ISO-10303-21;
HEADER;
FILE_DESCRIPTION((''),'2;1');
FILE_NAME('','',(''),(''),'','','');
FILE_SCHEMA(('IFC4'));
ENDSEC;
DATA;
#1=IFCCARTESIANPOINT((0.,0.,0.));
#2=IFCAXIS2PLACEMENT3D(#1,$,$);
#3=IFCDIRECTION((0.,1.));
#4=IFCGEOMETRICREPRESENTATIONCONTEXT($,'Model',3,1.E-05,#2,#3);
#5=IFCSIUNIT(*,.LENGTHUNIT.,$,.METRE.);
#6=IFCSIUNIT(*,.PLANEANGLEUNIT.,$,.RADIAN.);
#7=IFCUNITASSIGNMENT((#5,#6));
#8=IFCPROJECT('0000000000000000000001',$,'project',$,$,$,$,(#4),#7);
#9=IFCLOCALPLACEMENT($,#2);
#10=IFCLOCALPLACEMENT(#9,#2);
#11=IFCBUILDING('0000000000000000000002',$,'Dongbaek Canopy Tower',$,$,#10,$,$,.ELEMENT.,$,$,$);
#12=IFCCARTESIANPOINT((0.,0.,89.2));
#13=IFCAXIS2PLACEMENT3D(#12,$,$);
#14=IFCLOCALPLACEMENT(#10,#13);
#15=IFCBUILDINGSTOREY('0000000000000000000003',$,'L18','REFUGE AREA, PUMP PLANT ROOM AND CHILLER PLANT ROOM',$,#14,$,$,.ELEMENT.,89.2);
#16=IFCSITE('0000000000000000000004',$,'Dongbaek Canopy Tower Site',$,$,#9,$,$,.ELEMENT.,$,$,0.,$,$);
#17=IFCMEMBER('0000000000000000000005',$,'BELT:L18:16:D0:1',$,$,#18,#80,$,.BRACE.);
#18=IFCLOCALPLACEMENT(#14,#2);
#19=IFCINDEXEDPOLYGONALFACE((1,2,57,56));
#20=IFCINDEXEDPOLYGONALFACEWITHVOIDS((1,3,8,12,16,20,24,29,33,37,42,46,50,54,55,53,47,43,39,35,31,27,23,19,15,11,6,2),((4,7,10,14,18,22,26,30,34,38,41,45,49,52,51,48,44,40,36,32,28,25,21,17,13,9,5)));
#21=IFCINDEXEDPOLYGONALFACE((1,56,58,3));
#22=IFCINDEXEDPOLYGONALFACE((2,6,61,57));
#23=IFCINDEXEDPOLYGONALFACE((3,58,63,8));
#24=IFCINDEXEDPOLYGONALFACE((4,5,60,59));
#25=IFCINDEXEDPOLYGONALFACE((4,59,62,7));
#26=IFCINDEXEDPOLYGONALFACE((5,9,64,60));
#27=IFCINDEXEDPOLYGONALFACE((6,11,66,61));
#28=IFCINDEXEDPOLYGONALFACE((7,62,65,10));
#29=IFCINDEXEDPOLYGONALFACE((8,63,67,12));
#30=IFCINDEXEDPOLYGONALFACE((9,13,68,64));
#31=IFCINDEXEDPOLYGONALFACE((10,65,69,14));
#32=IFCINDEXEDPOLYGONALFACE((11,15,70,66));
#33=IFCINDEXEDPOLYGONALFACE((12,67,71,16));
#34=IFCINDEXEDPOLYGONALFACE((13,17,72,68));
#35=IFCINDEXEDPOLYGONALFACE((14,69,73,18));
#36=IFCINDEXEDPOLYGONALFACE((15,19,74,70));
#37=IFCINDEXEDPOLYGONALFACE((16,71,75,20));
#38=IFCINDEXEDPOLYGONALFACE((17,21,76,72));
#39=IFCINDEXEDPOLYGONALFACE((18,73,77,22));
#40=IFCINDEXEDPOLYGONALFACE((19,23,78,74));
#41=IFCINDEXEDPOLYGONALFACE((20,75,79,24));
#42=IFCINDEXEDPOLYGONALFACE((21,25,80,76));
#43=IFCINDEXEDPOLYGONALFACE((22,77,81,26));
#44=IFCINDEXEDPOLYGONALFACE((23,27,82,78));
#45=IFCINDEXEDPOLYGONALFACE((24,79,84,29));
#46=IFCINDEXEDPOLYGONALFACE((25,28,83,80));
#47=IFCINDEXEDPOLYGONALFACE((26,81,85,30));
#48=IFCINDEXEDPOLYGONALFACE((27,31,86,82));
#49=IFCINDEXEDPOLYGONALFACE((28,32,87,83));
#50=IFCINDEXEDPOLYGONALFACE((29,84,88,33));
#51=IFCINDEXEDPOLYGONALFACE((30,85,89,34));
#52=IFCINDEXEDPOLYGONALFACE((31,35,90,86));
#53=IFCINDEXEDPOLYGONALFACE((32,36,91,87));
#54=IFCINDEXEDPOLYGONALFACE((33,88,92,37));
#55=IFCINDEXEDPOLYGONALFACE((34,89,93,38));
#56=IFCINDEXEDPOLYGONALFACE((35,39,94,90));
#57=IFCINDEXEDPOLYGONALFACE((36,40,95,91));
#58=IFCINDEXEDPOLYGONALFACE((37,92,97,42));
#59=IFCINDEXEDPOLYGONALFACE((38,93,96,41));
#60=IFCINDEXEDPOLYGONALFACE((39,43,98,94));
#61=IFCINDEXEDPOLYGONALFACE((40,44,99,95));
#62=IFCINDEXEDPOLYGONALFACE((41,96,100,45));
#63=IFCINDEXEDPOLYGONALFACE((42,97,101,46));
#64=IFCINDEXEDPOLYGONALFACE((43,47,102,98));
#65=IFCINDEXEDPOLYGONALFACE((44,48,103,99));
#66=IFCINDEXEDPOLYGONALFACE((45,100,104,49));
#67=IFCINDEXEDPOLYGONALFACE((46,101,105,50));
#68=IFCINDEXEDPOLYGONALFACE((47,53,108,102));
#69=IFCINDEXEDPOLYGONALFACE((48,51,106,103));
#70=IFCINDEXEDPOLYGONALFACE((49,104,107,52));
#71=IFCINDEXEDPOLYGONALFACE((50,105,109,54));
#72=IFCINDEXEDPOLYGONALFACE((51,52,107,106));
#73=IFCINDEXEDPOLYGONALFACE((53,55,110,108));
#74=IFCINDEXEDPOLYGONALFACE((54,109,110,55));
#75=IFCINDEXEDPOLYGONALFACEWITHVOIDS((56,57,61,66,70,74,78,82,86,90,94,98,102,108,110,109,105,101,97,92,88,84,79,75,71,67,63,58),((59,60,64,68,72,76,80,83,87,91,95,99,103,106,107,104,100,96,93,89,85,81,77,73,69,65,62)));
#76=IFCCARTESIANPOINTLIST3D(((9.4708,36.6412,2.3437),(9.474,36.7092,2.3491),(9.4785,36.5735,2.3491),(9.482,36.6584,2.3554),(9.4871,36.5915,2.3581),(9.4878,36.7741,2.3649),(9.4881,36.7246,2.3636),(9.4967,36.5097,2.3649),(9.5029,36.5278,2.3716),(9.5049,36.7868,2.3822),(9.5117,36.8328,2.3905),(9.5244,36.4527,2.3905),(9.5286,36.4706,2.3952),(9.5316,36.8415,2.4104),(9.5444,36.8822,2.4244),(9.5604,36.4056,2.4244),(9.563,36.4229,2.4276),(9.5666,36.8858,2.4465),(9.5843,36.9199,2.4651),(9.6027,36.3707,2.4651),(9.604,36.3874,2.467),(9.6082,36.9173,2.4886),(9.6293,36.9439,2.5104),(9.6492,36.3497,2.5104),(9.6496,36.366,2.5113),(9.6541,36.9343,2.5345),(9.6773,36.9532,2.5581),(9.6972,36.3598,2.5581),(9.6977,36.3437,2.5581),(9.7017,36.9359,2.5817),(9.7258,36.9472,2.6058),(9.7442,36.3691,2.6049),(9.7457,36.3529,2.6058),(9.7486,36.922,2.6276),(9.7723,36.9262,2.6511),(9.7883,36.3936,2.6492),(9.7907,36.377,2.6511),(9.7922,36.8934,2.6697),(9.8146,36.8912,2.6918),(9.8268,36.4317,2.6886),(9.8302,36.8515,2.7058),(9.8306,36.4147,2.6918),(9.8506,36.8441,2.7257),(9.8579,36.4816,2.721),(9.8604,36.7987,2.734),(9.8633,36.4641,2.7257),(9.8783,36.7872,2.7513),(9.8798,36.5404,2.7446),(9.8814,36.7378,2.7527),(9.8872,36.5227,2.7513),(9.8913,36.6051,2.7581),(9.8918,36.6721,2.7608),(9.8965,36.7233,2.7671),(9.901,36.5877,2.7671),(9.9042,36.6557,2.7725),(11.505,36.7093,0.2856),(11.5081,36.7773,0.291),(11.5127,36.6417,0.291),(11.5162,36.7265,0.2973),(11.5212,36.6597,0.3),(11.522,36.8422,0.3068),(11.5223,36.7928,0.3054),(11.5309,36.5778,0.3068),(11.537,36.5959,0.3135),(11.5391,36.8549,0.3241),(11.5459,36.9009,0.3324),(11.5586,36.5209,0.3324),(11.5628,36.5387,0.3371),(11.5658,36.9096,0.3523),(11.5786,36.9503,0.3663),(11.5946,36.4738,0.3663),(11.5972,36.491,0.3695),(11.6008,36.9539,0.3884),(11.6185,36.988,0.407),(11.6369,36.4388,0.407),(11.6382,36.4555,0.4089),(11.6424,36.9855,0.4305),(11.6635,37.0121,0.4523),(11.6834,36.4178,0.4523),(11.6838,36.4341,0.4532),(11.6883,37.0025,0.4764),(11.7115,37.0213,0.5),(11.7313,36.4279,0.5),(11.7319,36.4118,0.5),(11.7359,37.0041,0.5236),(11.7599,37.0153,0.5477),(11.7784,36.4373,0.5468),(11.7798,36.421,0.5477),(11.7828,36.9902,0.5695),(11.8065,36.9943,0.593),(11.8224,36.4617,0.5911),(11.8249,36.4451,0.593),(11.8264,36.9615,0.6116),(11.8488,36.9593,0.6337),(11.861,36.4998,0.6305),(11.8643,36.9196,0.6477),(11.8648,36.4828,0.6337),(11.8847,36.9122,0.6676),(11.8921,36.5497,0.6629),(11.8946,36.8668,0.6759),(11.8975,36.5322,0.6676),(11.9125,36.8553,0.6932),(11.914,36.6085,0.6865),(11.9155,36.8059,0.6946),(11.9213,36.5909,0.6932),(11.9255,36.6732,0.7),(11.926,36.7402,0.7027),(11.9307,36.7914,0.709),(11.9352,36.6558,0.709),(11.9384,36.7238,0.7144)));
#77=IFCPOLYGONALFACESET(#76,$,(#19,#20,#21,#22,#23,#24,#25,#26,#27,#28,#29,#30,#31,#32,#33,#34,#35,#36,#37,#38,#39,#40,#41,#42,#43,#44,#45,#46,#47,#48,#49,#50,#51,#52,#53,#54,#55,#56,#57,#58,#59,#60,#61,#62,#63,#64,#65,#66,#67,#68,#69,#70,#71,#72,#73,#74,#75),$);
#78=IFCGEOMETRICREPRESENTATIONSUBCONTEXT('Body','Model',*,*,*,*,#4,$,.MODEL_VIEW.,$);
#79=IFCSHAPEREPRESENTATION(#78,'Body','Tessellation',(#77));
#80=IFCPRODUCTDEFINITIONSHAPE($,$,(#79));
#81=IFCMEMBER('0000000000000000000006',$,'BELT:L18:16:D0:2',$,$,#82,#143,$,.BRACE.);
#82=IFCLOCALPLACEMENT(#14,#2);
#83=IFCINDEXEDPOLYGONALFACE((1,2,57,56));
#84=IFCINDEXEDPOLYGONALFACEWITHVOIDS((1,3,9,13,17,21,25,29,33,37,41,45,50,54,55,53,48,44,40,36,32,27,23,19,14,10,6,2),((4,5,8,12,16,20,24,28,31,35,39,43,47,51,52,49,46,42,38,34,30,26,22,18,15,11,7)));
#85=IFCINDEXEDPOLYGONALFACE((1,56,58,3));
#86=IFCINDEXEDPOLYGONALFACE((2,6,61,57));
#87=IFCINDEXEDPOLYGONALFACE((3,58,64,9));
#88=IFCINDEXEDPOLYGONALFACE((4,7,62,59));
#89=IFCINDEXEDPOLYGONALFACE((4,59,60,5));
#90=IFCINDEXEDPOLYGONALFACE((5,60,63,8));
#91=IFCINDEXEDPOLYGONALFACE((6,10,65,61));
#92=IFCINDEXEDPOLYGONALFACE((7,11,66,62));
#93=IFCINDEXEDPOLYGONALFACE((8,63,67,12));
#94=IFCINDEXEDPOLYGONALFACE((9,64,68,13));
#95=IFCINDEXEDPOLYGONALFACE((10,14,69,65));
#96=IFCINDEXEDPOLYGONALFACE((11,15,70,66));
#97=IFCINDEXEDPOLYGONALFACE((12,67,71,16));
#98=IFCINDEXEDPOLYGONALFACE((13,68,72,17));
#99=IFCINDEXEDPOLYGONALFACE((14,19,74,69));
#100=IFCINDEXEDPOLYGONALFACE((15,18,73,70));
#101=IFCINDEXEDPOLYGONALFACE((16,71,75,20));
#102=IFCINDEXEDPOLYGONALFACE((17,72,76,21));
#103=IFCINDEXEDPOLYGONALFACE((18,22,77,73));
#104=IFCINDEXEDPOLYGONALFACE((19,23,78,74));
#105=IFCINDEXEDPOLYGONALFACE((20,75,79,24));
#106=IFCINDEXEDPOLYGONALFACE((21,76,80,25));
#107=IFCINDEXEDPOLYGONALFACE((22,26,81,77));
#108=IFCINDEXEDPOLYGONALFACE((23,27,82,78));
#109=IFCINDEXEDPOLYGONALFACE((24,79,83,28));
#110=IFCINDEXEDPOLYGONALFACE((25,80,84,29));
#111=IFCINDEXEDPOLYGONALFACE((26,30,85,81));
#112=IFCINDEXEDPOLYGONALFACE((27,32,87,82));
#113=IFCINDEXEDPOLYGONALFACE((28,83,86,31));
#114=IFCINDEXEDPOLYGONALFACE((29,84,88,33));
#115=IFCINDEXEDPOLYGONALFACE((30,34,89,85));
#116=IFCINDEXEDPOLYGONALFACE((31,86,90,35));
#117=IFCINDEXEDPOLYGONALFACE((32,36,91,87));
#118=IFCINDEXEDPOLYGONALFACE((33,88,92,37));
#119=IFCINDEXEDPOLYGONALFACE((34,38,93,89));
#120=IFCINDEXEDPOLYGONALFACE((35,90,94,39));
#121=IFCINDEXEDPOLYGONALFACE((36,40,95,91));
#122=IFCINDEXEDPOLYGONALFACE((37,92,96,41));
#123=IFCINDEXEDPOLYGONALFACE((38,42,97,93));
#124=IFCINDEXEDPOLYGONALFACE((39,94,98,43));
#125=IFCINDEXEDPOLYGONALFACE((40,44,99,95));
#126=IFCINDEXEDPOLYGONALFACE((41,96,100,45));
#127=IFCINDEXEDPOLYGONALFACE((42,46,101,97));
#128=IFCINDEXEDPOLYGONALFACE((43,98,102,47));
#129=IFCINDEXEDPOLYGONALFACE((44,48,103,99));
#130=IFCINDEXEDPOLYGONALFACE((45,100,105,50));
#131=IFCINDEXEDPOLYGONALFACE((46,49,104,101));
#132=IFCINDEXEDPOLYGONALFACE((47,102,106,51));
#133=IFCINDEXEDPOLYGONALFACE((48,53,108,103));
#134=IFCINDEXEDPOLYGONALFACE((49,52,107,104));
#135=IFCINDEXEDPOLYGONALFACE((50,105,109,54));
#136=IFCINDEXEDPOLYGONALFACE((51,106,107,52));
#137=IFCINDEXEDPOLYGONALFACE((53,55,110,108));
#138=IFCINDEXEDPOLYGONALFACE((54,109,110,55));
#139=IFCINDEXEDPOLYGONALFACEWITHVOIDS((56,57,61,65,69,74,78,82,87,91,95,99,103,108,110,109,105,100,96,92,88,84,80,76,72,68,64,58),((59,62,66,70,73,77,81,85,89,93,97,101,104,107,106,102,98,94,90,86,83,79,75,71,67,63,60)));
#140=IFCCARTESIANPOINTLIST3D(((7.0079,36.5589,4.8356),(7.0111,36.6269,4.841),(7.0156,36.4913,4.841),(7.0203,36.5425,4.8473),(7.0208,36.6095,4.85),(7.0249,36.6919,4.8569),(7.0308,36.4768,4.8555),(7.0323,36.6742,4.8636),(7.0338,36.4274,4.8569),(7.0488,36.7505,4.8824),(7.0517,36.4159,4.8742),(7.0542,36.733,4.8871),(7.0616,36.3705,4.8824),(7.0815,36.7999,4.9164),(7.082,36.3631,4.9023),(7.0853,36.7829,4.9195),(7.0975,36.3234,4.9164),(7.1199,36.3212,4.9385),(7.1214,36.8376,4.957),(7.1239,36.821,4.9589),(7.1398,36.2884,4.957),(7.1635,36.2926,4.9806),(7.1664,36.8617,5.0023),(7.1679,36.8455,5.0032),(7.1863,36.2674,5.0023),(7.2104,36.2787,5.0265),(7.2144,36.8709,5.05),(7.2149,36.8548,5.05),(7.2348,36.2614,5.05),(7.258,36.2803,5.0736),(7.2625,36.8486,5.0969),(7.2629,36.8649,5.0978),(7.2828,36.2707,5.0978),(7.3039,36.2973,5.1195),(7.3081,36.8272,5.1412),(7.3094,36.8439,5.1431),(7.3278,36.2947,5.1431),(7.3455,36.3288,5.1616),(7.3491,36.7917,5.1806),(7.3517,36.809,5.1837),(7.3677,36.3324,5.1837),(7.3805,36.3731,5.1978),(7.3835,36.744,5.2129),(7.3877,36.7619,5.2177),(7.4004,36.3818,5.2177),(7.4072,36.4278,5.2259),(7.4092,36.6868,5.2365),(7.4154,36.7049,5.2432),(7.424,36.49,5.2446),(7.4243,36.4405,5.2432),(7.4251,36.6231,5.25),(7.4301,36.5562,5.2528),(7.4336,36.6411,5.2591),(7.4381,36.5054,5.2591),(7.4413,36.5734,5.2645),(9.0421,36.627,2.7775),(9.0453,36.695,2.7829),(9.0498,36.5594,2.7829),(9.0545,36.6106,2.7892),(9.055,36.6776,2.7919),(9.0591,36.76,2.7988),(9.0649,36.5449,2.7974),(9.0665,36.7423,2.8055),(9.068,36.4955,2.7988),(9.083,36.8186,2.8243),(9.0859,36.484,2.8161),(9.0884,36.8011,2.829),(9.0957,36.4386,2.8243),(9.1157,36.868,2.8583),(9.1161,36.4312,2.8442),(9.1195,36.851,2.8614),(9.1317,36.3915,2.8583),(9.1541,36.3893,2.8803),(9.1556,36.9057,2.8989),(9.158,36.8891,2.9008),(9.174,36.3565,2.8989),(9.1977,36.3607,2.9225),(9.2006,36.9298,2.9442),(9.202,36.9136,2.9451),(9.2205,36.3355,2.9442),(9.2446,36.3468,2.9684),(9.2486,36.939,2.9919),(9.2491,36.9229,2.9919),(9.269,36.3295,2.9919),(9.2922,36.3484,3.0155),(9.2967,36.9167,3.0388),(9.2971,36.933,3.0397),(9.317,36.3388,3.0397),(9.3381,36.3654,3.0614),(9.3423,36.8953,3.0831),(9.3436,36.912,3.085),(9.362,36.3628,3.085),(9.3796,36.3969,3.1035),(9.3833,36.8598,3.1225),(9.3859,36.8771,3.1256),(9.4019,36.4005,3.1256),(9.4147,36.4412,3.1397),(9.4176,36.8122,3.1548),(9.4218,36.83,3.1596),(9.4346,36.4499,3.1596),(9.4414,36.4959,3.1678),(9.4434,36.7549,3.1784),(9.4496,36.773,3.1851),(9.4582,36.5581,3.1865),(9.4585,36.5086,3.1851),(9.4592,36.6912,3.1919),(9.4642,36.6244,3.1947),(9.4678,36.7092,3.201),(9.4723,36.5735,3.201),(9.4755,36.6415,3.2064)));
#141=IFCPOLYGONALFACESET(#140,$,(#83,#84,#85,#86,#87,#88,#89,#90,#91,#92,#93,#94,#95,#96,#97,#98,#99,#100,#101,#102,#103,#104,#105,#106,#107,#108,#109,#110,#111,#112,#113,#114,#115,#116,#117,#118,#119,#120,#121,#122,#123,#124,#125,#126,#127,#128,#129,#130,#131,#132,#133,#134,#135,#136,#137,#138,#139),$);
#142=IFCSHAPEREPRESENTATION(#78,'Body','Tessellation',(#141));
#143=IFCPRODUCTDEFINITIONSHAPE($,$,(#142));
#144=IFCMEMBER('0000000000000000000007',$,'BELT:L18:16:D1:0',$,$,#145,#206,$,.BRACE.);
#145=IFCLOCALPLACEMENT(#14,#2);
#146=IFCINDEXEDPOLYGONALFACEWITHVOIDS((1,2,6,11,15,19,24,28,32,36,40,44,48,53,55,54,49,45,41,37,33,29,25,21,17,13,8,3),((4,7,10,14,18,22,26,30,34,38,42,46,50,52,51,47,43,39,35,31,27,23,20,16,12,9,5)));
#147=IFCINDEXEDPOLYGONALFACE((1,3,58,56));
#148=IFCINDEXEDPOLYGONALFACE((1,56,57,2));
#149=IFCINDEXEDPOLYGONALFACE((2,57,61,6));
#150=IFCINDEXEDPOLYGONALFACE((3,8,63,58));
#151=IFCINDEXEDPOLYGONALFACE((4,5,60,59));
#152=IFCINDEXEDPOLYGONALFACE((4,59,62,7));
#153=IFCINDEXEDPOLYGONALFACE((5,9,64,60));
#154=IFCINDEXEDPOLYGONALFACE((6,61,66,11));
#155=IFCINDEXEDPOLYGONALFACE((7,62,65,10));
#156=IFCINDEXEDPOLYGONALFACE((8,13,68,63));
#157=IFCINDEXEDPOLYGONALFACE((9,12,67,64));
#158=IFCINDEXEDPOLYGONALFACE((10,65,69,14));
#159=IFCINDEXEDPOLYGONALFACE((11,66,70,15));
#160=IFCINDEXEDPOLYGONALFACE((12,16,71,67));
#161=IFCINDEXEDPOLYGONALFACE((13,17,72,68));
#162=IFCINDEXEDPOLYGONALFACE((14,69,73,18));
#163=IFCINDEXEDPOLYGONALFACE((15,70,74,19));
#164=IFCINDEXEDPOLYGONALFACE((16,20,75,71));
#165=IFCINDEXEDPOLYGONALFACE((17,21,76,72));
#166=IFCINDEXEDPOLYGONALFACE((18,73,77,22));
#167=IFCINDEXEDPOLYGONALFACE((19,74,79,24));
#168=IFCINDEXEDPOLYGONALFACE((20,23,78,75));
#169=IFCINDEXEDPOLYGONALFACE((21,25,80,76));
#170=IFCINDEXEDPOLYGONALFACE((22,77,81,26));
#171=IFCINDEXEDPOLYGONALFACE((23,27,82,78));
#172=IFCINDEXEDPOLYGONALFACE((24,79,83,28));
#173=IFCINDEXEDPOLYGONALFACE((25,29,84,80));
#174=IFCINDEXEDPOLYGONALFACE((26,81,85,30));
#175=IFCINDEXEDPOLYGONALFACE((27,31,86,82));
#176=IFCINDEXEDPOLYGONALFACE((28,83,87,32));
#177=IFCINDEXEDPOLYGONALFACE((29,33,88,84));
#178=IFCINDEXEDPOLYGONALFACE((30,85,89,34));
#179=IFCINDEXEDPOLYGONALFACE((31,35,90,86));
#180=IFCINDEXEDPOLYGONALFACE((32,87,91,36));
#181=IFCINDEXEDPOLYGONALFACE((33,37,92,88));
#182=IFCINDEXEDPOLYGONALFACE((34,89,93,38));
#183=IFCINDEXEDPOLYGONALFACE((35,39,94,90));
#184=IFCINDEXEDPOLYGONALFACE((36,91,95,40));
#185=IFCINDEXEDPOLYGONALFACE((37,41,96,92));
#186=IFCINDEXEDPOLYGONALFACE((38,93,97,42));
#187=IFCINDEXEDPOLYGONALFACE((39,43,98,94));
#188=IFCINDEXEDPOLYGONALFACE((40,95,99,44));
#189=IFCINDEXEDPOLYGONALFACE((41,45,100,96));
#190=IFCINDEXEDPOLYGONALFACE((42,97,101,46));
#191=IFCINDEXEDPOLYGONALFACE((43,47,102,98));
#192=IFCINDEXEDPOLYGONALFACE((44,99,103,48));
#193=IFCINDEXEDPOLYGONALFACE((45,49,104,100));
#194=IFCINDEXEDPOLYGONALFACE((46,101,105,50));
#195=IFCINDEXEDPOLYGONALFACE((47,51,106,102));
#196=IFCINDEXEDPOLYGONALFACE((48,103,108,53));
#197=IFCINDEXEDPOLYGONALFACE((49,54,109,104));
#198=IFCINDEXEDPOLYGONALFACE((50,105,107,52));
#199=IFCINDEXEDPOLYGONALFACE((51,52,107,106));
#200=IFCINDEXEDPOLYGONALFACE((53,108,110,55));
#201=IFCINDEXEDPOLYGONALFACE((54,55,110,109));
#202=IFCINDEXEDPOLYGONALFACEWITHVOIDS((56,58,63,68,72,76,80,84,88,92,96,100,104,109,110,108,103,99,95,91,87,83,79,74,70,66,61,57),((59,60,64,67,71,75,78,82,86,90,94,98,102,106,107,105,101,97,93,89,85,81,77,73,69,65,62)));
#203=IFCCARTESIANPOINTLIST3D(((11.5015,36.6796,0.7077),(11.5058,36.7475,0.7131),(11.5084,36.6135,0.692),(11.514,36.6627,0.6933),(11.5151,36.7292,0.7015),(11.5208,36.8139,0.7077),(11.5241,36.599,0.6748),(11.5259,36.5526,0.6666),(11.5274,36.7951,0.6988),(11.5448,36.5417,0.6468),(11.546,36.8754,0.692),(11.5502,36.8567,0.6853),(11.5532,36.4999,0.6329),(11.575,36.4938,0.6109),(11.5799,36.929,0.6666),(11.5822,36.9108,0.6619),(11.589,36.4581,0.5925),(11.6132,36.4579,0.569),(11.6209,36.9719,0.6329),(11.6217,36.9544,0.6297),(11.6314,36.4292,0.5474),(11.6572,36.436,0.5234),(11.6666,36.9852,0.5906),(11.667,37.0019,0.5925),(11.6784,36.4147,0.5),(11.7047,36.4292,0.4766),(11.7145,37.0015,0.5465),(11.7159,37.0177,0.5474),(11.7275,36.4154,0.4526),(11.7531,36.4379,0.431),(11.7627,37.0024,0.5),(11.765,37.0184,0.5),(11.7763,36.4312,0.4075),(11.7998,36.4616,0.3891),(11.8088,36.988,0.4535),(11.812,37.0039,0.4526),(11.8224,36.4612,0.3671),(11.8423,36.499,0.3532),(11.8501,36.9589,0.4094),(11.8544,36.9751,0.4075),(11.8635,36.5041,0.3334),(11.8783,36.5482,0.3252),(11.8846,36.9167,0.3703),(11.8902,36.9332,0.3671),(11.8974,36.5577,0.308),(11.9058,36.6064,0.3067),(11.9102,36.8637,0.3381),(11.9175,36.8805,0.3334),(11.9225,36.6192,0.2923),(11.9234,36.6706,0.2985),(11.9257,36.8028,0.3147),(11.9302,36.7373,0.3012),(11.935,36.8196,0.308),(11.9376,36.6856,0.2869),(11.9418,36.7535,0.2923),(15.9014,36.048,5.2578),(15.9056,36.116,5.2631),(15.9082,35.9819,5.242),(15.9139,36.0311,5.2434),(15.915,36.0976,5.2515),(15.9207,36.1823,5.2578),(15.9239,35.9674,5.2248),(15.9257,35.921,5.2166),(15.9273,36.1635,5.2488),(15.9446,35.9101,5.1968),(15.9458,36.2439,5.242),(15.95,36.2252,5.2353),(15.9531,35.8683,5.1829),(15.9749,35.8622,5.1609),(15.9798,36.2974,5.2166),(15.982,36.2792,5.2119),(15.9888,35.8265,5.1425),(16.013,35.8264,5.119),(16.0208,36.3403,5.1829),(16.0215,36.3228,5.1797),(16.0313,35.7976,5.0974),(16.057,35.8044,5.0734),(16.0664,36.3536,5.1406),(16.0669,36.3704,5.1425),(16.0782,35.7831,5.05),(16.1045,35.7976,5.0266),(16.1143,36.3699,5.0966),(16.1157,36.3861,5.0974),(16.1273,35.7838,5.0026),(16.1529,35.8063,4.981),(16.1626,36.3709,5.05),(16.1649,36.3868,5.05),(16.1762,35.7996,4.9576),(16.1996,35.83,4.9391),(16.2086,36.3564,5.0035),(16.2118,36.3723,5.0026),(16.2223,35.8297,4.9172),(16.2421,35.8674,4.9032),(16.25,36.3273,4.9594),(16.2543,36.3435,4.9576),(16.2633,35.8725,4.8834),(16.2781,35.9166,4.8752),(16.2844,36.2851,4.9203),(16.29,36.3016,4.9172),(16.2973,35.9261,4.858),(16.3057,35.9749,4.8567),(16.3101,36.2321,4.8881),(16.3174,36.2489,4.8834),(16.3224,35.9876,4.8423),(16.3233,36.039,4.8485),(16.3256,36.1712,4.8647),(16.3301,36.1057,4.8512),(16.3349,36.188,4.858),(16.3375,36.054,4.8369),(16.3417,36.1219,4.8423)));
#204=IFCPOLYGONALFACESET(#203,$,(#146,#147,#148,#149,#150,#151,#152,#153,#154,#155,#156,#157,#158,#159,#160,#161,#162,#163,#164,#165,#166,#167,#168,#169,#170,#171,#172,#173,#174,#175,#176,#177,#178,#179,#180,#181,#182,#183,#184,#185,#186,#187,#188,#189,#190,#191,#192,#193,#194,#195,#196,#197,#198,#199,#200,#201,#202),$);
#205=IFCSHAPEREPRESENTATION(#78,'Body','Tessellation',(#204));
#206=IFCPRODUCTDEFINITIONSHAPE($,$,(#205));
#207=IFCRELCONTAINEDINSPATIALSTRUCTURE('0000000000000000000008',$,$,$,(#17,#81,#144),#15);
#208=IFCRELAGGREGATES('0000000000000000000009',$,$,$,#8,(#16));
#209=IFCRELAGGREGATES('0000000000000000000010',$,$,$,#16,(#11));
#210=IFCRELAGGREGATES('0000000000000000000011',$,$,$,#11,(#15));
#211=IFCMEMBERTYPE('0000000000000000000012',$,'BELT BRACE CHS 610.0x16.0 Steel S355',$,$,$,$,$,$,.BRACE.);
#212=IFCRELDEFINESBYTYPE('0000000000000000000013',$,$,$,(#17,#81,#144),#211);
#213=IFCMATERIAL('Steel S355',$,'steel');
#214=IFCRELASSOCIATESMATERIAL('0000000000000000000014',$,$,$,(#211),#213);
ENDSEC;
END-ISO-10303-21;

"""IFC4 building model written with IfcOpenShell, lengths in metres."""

from ifc_helpers import new_model, si_unit, direction, frame, origin, origin_2d, place, context, subcontext, project, spatial, hollow_circle, extrude, material, material_profile, profile_set, type_object, element, save


model = new_model("IFC4")

# Units and contexts
model_context = context("Model", 3, precision=1e-05, world=origin(), true_north=direction((0.0, 1.0)))
body_context = subcontext(model_context, "Body", "Model", "MODEL_VIEW")
ifc_project = project(units=[si_unit("LENGTHUNIT", "METRE"), si_unit("PLANEANGLEUNIT", "RADIAN")], contexts=[model_context])

# Site, building, storey
site_placement = place(None, origin())
site = spatial("IfcSite", under=ifc_project, at=site_placement, Name="Dongbaek Canopy Tower Site", CompositionType="ELEMENT", RefElevation=0.0)
building_placement = place(site_placement, origin())
building = spatial("IfcBuilding", under=site, at=building_placement, Name="Dongbaek Canopy Tower", CompositionType="ELEMENT")
storey_placement = place(building_placement, frame((0.0, 0.0, 89.2)))
storey = spatial("IfcBuildingStorey", under=building, at=storey_placement, Name="L18", Description="REFUGE AREA, PUMP PLANT ROOM AND CHILLER PLANT ROOM", CompositionType="ELEMENT", Elevation=89.2)

# Members
ifc_material_1 = material(Name="Steel S355", Category="steel")
ifc_material_profile_1 = material_profile(ifc_material_1, hollow_circle(Radius=0.3049, WallThickness=0.0161, at=origin_2d()), Name="BELT BRACE CHS 610.0x16.0 Steel S355")
ifc_profile_set_1 = profile_set([ifc_material_profile_1], Name="Steel S355")
member_type_1 = type_object("IfcMemberType", Name="BELT BRACE CHS 610.0x16.0 Steel S355", PredefinedType="BRACE", material=ifc_profile_set_1)
for number, where, z_axis, x_axis, name in (
    (1, (11.7217, 36.7166, 0.5), (-0.702766, -0.023532, 0.711032), (0.033467, -0.99944, 0.0), "BELT:L18:16:D0:1"),
    (2, (7.2246, 36.5662, 5.05), (0.702766, 0.023532, -0.711032), (-0.033467, 0.99944, 0.0), "BELT:L18:16:D0:2"),
):
    element("IfcMember", number, at=place(storey_placement, frame(where, z_axis=z_axis, x_axis=x_axis)), inside=storey, type_object=member_type_1, Name=name, PredefinedType="BRACE", context=body_context, shape_type="SweptSolid", body=[
        extrude(hollow_circle(Radius=0.3049, WallThickness=0.0161, at=origin_2d()), origin(), (0.0, 0.0, 1.0), 2.8945),
    ])
member_1_placement = place(storey_placement, frame((11.7217, 36.7166, 0.5), z_axis=(0.691711, -0.099293, 0.715316), x_axis=(0.14209, 0.989854, 0.0)))
element("IfcMember", 3, at=member_1_placement, inside=storey, type_object=member_type_1, Name="BELT:L18:16:D1:0", PredefinedType="BRACE", context=body_context, shape_type="SweptSolid", body=[
    extrude(hollow_circle(Radius=0.3049, WallThickness=0.0161, at=origin_2d()), origin(), (0.0, 0.0, 1.0), 6.3608),
])

save(model, "model.ifc")
